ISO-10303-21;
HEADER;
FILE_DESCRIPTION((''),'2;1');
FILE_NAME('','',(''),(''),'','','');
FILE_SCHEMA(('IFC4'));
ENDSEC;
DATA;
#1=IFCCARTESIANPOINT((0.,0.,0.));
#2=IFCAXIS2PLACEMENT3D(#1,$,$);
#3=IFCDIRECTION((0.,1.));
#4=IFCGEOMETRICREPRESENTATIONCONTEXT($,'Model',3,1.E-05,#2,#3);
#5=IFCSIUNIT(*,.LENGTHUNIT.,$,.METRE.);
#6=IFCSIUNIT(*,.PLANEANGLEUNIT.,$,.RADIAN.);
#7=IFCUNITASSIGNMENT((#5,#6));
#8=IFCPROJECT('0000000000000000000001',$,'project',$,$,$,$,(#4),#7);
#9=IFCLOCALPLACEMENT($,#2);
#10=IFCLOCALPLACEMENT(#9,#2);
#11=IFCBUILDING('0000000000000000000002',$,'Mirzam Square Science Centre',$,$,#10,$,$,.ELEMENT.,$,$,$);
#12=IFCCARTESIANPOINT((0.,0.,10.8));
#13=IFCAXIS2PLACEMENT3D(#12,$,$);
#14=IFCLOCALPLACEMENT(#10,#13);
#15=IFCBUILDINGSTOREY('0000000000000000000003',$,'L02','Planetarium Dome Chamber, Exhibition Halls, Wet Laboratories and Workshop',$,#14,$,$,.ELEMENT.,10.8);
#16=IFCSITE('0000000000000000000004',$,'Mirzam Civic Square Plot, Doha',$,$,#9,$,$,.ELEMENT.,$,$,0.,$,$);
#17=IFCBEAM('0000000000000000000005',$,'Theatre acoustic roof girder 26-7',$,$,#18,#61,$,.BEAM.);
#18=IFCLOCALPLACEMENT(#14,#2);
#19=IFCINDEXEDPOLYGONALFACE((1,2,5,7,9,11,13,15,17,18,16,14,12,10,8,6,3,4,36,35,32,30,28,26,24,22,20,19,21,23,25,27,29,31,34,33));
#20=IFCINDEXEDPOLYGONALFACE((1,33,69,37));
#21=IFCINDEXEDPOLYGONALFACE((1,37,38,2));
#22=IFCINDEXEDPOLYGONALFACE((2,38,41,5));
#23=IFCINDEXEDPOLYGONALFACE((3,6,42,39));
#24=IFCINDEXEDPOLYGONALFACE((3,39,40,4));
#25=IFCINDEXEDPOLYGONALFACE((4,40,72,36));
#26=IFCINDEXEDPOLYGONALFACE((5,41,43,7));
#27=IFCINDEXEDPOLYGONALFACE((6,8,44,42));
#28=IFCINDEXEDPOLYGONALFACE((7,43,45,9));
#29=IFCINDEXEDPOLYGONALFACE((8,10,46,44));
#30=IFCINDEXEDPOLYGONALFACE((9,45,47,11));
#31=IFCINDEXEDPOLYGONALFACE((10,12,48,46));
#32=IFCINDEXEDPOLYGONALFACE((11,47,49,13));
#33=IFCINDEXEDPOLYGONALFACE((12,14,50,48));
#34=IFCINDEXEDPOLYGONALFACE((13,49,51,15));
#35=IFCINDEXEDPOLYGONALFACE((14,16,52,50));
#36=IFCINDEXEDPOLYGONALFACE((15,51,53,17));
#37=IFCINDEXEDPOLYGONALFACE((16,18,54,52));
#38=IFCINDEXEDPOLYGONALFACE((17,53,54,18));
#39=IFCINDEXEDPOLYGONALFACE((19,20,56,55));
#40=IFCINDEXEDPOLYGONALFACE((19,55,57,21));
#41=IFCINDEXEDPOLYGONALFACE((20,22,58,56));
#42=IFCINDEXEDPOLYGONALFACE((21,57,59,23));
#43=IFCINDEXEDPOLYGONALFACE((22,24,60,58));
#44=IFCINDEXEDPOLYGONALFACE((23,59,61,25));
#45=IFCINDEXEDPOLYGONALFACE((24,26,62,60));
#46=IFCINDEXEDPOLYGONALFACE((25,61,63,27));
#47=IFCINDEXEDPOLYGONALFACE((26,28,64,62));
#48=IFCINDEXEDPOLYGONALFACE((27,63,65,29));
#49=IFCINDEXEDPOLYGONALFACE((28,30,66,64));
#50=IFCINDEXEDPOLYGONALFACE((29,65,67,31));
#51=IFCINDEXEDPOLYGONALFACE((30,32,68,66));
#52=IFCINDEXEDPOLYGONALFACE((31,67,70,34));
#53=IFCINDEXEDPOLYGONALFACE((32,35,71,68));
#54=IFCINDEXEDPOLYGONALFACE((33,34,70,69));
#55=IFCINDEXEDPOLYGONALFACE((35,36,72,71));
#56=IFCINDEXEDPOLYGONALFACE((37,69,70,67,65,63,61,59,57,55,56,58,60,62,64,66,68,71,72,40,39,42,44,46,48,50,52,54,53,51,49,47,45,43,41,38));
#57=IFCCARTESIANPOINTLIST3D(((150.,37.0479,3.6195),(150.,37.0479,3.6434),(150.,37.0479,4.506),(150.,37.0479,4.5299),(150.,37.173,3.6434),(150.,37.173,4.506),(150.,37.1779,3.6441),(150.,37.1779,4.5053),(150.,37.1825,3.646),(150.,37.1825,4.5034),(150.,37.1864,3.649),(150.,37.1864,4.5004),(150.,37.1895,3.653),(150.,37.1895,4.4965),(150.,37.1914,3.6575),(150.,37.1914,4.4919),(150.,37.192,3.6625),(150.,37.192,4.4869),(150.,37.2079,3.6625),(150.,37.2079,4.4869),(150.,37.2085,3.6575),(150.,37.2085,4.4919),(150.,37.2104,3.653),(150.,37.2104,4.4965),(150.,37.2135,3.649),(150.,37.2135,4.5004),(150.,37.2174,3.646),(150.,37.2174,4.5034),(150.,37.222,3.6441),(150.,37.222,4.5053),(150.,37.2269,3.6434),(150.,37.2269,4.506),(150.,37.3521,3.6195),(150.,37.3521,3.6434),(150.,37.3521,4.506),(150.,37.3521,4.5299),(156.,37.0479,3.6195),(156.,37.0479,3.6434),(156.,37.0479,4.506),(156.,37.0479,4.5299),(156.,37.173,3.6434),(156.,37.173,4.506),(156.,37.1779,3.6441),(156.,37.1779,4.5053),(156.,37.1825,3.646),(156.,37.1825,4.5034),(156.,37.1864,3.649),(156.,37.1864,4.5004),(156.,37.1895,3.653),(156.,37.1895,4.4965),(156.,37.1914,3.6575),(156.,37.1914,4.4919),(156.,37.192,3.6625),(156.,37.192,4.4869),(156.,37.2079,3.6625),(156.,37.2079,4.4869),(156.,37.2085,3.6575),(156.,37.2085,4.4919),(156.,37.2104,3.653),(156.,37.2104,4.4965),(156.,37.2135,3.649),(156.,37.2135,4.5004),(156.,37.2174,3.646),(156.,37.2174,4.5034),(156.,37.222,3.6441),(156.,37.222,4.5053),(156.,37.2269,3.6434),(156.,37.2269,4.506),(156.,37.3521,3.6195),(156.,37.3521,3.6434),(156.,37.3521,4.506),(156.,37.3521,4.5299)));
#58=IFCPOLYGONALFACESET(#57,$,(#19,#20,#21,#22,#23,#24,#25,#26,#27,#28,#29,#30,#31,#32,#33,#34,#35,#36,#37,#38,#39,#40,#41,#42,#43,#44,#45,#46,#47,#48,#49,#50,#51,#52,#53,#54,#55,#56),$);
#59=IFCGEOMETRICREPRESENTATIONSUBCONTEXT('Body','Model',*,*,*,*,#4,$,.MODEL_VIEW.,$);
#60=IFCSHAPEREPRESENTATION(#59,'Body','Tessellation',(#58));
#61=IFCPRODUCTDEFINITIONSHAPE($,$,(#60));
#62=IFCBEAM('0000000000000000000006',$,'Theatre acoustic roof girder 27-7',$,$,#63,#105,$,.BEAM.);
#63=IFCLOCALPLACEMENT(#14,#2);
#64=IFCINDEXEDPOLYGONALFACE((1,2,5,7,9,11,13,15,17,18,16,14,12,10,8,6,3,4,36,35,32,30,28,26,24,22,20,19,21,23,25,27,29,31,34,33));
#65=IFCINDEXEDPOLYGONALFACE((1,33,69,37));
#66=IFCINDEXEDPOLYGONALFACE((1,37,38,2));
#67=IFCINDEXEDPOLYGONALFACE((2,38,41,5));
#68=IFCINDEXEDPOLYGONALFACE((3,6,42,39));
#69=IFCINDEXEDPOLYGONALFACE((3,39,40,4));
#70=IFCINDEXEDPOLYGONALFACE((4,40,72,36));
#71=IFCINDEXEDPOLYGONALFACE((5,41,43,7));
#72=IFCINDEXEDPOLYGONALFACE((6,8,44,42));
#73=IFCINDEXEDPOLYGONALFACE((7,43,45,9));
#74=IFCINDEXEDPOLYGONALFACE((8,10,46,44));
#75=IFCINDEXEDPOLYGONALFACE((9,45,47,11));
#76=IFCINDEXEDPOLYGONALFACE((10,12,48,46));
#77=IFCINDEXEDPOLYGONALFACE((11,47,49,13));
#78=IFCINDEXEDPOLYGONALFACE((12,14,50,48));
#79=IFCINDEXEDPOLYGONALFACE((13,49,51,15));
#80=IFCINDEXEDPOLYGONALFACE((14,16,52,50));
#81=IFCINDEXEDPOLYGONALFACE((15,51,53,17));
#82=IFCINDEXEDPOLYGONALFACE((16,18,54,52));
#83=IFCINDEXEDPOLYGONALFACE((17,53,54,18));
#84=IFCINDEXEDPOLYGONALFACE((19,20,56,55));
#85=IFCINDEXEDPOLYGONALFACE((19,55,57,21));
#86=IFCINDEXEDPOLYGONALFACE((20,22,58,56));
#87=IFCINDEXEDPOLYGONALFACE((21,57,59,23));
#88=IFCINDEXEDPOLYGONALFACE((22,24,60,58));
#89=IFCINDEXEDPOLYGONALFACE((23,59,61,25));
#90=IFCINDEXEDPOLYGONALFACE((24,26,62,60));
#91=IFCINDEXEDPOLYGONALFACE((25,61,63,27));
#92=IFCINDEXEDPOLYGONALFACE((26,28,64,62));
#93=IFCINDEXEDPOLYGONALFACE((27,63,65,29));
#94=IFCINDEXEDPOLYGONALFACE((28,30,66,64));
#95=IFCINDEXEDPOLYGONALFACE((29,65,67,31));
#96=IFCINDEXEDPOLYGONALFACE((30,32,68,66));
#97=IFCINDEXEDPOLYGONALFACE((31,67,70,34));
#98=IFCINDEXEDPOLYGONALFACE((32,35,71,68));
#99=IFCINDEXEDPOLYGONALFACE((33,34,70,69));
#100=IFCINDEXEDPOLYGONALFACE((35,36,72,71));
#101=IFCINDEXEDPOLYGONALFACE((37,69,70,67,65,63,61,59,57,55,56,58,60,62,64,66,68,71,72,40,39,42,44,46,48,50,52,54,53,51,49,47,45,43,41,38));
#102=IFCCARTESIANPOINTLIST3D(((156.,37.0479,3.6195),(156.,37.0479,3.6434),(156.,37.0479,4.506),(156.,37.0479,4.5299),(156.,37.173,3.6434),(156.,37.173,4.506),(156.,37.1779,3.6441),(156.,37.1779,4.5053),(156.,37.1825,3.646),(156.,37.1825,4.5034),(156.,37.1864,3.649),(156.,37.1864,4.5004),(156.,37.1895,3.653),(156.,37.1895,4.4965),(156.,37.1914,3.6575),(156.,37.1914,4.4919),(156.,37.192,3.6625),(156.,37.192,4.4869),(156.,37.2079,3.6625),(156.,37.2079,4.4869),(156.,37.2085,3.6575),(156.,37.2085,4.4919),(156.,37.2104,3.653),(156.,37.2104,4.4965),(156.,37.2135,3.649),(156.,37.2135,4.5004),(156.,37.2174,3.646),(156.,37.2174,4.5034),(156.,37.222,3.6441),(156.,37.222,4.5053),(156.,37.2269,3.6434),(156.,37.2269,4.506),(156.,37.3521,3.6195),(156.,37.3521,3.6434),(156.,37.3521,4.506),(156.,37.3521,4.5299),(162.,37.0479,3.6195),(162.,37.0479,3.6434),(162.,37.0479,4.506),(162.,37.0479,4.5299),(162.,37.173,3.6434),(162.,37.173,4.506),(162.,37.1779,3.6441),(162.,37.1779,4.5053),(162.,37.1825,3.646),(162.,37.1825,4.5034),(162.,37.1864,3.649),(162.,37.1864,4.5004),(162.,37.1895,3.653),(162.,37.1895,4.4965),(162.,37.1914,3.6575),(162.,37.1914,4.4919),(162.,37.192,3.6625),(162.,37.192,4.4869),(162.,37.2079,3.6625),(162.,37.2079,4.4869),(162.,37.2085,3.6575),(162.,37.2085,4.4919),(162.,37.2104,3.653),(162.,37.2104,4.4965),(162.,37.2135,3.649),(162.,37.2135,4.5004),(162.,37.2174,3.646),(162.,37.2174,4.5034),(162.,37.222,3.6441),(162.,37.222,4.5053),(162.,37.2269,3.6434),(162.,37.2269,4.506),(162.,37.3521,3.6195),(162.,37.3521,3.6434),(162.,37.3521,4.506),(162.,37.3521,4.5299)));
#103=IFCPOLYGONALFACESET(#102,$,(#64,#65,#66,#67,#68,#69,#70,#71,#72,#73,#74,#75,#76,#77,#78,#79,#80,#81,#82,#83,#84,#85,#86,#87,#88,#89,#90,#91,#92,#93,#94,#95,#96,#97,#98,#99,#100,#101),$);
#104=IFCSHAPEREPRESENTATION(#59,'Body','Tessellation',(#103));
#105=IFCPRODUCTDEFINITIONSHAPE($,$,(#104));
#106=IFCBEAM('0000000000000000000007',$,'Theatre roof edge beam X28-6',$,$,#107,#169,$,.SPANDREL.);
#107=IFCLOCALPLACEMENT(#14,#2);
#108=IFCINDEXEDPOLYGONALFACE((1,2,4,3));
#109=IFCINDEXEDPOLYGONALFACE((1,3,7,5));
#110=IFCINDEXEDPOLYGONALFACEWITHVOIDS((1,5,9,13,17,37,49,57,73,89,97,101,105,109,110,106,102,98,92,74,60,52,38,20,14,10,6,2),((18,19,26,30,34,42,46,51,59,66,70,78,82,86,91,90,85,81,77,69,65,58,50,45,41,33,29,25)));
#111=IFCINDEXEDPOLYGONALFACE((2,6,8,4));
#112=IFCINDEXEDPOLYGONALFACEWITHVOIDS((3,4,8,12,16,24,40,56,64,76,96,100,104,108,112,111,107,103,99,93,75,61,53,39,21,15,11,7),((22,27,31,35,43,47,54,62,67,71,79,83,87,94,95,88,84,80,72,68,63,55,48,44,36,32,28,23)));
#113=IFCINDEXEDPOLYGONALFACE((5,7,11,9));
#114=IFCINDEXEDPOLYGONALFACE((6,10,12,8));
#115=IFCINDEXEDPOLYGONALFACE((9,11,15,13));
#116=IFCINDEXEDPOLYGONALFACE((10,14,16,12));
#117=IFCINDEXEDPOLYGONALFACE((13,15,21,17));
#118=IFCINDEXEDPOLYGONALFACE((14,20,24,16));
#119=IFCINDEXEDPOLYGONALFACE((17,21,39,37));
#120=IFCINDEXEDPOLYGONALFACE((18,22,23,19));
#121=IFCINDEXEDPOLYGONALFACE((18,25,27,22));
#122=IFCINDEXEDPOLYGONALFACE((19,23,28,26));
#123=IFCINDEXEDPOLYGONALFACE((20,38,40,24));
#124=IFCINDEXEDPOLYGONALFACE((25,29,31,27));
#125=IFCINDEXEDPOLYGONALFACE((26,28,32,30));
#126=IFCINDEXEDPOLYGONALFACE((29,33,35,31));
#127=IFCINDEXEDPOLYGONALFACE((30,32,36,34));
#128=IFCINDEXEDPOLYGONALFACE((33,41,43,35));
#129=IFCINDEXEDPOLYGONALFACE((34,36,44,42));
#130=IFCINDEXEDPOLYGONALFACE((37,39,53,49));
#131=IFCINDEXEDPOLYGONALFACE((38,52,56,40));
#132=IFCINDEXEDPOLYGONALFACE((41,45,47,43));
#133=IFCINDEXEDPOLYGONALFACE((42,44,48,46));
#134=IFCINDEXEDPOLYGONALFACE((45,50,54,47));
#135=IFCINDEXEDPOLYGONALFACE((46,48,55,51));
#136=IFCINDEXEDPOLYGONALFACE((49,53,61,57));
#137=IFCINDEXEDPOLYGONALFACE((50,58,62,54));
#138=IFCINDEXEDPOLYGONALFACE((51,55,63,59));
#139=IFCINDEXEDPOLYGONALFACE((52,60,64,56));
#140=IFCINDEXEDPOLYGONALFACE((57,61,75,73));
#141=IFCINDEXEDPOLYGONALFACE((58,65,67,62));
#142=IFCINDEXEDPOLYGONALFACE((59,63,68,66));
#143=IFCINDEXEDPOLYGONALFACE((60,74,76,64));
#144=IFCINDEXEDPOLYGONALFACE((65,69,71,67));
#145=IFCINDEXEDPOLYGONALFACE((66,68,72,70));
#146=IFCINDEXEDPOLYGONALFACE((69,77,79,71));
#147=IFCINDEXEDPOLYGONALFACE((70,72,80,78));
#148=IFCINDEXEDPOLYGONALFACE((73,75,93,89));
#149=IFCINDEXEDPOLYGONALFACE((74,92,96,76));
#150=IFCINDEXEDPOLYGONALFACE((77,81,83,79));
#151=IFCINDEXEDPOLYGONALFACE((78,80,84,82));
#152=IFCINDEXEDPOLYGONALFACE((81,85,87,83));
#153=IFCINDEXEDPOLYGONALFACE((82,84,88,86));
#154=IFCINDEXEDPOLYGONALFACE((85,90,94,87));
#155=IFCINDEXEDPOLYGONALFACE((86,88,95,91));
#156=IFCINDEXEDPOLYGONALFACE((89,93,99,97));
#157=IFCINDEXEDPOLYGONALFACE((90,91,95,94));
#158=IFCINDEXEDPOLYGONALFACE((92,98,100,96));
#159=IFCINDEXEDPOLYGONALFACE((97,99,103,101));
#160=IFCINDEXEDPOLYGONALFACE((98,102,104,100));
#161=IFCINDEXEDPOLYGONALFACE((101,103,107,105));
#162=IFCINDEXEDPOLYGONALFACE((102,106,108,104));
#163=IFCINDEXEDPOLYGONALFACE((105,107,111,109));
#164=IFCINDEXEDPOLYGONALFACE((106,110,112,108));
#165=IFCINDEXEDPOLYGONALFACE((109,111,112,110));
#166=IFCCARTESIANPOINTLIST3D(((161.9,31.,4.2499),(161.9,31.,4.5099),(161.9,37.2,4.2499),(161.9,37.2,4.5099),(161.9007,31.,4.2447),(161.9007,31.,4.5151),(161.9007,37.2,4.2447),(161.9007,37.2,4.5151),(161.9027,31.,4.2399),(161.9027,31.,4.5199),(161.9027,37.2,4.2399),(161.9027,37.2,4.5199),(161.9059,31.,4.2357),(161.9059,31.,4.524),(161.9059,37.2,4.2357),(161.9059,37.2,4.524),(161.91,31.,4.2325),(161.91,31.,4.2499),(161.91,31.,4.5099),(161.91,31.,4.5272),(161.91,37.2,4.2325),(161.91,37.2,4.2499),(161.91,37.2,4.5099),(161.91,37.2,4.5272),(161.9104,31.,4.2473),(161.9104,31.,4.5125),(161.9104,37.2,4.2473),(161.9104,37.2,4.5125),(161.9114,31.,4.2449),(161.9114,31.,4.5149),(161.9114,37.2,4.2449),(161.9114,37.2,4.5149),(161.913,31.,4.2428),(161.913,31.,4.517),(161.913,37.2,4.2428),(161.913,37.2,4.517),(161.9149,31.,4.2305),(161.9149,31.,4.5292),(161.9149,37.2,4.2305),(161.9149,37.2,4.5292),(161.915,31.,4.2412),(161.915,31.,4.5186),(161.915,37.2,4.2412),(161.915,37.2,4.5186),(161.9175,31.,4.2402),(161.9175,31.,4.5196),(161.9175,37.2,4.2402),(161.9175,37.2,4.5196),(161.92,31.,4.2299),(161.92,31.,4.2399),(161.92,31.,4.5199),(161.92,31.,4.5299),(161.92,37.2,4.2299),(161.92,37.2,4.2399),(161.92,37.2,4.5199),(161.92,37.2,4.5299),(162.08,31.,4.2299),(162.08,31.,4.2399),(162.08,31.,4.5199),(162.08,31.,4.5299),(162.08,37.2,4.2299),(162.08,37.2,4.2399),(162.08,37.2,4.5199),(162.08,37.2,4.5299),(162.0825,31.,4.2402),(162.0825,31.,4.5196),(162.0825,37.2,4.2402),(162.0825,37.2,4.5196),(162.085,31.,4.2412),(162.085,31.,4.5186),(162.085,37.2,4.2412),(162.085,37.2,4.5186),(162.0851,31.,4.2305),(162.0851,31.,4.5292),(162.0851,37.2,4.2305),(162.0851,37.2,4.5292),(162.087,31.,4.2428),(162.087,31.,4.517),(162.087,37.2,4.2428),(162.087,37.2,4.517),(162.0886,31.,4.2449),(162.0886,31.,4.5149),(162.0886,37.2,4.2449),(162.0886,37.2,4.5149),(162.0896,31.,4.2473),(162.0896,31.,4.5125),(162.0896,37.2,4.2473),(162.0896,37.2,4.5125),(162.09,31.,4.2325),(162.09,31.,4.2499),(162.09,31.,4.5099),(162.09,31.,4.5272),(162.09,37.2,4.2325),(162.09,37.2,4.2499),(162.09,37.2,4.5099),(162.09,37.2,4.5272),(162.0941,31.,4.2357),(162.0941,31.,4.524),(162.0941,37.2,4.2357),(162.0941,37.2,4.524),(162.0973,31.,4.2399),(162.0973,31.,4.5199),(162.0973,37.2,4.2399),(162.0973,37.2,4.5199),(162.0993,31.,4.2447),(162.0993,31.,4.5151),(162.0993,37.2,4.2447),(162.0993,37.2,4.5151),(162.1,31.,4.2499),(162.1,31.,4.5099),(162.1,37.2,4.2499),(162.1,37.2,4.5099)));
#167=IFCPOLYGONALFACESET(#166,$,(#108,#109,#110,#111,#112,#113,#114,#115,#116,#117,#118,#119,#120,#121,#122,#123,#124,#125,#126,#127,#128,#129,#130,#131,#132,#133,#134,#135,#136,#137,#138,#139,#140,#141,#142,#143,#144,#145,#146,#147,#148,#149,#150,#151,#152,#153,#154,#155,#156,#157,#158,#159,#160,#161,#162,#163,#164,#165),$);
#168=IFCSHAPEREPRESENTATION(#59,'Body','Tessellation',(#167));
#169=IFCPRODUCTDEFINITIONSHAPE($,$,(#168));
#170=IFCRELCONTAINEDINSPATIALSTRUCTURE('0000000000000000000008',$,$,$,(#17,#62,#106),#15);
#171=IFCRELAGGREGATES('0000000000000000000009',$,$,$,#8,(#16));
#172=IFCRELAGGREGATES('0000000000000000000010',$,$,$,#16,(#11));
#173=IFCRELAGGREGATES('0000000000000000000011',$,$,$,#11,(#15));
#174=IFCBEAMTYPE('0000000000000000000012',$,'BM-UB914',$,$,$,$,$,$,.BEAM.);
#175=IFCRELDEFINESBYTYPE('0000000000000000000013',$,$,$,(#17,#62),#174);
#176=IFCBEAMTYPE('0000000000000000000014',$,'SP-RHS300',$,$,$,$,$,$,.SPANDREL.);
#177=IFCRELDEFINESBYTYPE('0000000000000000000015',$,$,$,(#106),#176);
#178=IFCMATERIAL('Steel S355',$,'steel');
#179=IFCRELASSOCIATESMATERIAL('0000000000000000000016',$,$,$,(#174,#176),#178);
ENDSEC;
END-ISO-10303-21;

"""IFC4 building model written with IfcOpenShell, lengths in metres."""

from ifc_helpers import new_model, si_unit, direction, frame, origin, origin_2d, place, context, subcontext, project, spatial, hollow_rectangle, i_section, extrude, material, material_profile, profile_set, type_object, element, save


model = new_model("IFC4")

# Units and contexts
model_context = context("Model", 3, precision=1e-05, world=origin(), true_north=direction((0.0, 1.0)))
body_context = subcontext(model_context, "Body", "Model", "MODEL_VIEW")
ifc_project = project(units=[si_unit("LENGTHUNIT", "METRE"), si_unit("PLANEANGLEUNIT", "RADIAN")], contexts=[model_context])

# Site, building, storey
site_placement = place(None, origin())
site = spatial("IfcSite", under=ifc_project, at=site_placement, Name="Mirzam Civic Square Plot, Doha", CompositionType="ELEMENT", RefElevation=0.0)
building_placement = place(site_placement, origin())
building = spatial("IfcBuilding", under=site, at=building_placement, Name="Mirzam Square Science Centre", CompositionType="ELEMENT")
storey_placement = place(building_placement, frame((0.0, 0.0, 10.8)))
storey = spatial("IfcBuildingStorey", under=building, at=storey_placement, Name="L02", Description="Planetarium Dome Chamber, Exhibition Halls, Wet Laboratories and Workshop", CompositionType="ELEMENT", Elevation=10.8)

# Shared definitions
ifc_material_1 = material(Name="Steel S355", Category="steel")

# Beams
ifc_material_profile_1 = material_profile(ifc_material_1, i_section(OverallWidth=0.3042, OverallDepth=0.9104, WebThickness=0.0159, FlangeThickness=0.0239, FilletRadius=0.019, at=origin_2d()), Name="914x305x224UB")
ifc_profile_set_1 = profile_set([ifc_material_profile_1], Name="Steel S355")
beam_type_1 = type_object("IfcBeamType", Name="BM-UB914", PredefinedType="BEAM", material=ifc_profile_set_1)
for number, where, z_axis, x_axis, name in (
    (1, (150.0, 37.2, 4.0747), (1.0, 0.0, 0.0), (0.0, 1.0, 0.0), "Theatre acoustic roof girder 26-7"),
    (2, (156.0, 37.2, 4.0747), (1.0, 0.0, 0.0), (0.0, 1.0, 0.0), "Theatre acoustic roof girder 27-7"),
):
    element("IfcBeam", number, at=place(storey_placement, frame(where, z_axis=z_axis, x_axis=x_axis)), inside=storey, type_object=beam_type_1, Name=name, PredefinedType="BEAM", context=body_context, shape_type="SweptSolid", body=[
        extrude(i_section(OverallWidth=0.3042, OverallDepth=0.9104, WebThickness=0.0159, FlangeThickness=0.0239, FilletRadius=0.019, at=origin_2d()), origin(), (0.0, 0.0, 1.0), 6.0),
    ])
ifc_material_profile_2 = material_profile(ifc_material_1, hollow_rectangle(XDim=0.2, YDim=0.3, WallThickness=0.01, InnerFilletRadius=0.01, OuterFilletRadius=0.02, at=origin_2d()), Name="300x200x10.0RHS")
ifc_profile_set_2 = profile_set([ifc_material_profile_2], Name="Steel S355")
beam_type_2 = type_object("IfcBeamType", Name="SP-RHS300", PredefinedType="SPANDREL", material=ifc_profile_set_2)
beam_placement = place(storey_placement, frame((162.0, 31.0, 4.3799), z_axis=(0.0, 1.0, 0.0), x_axis=(-1.0, 0.0, 0.0)))
element("IfcBeam", 3, at=beam_placement, inside=storey, type_object=beam_type_2, Name="Theatre roof edge beam X28-6", PredefinedType="SPANDREL", context=body_context, shape_type="SweptSolid", body=[
    extrude(hollow_rectangle(XDim=0.2, YDim=0.3, WallThickness=0.01, InnerFilletRadius=0.01, OuterFilletRadius=0.02, at=origin_2d()), origin(), (0.0, 0.0, 1.0), 6.2),
])

save(model, "model.ifc")
